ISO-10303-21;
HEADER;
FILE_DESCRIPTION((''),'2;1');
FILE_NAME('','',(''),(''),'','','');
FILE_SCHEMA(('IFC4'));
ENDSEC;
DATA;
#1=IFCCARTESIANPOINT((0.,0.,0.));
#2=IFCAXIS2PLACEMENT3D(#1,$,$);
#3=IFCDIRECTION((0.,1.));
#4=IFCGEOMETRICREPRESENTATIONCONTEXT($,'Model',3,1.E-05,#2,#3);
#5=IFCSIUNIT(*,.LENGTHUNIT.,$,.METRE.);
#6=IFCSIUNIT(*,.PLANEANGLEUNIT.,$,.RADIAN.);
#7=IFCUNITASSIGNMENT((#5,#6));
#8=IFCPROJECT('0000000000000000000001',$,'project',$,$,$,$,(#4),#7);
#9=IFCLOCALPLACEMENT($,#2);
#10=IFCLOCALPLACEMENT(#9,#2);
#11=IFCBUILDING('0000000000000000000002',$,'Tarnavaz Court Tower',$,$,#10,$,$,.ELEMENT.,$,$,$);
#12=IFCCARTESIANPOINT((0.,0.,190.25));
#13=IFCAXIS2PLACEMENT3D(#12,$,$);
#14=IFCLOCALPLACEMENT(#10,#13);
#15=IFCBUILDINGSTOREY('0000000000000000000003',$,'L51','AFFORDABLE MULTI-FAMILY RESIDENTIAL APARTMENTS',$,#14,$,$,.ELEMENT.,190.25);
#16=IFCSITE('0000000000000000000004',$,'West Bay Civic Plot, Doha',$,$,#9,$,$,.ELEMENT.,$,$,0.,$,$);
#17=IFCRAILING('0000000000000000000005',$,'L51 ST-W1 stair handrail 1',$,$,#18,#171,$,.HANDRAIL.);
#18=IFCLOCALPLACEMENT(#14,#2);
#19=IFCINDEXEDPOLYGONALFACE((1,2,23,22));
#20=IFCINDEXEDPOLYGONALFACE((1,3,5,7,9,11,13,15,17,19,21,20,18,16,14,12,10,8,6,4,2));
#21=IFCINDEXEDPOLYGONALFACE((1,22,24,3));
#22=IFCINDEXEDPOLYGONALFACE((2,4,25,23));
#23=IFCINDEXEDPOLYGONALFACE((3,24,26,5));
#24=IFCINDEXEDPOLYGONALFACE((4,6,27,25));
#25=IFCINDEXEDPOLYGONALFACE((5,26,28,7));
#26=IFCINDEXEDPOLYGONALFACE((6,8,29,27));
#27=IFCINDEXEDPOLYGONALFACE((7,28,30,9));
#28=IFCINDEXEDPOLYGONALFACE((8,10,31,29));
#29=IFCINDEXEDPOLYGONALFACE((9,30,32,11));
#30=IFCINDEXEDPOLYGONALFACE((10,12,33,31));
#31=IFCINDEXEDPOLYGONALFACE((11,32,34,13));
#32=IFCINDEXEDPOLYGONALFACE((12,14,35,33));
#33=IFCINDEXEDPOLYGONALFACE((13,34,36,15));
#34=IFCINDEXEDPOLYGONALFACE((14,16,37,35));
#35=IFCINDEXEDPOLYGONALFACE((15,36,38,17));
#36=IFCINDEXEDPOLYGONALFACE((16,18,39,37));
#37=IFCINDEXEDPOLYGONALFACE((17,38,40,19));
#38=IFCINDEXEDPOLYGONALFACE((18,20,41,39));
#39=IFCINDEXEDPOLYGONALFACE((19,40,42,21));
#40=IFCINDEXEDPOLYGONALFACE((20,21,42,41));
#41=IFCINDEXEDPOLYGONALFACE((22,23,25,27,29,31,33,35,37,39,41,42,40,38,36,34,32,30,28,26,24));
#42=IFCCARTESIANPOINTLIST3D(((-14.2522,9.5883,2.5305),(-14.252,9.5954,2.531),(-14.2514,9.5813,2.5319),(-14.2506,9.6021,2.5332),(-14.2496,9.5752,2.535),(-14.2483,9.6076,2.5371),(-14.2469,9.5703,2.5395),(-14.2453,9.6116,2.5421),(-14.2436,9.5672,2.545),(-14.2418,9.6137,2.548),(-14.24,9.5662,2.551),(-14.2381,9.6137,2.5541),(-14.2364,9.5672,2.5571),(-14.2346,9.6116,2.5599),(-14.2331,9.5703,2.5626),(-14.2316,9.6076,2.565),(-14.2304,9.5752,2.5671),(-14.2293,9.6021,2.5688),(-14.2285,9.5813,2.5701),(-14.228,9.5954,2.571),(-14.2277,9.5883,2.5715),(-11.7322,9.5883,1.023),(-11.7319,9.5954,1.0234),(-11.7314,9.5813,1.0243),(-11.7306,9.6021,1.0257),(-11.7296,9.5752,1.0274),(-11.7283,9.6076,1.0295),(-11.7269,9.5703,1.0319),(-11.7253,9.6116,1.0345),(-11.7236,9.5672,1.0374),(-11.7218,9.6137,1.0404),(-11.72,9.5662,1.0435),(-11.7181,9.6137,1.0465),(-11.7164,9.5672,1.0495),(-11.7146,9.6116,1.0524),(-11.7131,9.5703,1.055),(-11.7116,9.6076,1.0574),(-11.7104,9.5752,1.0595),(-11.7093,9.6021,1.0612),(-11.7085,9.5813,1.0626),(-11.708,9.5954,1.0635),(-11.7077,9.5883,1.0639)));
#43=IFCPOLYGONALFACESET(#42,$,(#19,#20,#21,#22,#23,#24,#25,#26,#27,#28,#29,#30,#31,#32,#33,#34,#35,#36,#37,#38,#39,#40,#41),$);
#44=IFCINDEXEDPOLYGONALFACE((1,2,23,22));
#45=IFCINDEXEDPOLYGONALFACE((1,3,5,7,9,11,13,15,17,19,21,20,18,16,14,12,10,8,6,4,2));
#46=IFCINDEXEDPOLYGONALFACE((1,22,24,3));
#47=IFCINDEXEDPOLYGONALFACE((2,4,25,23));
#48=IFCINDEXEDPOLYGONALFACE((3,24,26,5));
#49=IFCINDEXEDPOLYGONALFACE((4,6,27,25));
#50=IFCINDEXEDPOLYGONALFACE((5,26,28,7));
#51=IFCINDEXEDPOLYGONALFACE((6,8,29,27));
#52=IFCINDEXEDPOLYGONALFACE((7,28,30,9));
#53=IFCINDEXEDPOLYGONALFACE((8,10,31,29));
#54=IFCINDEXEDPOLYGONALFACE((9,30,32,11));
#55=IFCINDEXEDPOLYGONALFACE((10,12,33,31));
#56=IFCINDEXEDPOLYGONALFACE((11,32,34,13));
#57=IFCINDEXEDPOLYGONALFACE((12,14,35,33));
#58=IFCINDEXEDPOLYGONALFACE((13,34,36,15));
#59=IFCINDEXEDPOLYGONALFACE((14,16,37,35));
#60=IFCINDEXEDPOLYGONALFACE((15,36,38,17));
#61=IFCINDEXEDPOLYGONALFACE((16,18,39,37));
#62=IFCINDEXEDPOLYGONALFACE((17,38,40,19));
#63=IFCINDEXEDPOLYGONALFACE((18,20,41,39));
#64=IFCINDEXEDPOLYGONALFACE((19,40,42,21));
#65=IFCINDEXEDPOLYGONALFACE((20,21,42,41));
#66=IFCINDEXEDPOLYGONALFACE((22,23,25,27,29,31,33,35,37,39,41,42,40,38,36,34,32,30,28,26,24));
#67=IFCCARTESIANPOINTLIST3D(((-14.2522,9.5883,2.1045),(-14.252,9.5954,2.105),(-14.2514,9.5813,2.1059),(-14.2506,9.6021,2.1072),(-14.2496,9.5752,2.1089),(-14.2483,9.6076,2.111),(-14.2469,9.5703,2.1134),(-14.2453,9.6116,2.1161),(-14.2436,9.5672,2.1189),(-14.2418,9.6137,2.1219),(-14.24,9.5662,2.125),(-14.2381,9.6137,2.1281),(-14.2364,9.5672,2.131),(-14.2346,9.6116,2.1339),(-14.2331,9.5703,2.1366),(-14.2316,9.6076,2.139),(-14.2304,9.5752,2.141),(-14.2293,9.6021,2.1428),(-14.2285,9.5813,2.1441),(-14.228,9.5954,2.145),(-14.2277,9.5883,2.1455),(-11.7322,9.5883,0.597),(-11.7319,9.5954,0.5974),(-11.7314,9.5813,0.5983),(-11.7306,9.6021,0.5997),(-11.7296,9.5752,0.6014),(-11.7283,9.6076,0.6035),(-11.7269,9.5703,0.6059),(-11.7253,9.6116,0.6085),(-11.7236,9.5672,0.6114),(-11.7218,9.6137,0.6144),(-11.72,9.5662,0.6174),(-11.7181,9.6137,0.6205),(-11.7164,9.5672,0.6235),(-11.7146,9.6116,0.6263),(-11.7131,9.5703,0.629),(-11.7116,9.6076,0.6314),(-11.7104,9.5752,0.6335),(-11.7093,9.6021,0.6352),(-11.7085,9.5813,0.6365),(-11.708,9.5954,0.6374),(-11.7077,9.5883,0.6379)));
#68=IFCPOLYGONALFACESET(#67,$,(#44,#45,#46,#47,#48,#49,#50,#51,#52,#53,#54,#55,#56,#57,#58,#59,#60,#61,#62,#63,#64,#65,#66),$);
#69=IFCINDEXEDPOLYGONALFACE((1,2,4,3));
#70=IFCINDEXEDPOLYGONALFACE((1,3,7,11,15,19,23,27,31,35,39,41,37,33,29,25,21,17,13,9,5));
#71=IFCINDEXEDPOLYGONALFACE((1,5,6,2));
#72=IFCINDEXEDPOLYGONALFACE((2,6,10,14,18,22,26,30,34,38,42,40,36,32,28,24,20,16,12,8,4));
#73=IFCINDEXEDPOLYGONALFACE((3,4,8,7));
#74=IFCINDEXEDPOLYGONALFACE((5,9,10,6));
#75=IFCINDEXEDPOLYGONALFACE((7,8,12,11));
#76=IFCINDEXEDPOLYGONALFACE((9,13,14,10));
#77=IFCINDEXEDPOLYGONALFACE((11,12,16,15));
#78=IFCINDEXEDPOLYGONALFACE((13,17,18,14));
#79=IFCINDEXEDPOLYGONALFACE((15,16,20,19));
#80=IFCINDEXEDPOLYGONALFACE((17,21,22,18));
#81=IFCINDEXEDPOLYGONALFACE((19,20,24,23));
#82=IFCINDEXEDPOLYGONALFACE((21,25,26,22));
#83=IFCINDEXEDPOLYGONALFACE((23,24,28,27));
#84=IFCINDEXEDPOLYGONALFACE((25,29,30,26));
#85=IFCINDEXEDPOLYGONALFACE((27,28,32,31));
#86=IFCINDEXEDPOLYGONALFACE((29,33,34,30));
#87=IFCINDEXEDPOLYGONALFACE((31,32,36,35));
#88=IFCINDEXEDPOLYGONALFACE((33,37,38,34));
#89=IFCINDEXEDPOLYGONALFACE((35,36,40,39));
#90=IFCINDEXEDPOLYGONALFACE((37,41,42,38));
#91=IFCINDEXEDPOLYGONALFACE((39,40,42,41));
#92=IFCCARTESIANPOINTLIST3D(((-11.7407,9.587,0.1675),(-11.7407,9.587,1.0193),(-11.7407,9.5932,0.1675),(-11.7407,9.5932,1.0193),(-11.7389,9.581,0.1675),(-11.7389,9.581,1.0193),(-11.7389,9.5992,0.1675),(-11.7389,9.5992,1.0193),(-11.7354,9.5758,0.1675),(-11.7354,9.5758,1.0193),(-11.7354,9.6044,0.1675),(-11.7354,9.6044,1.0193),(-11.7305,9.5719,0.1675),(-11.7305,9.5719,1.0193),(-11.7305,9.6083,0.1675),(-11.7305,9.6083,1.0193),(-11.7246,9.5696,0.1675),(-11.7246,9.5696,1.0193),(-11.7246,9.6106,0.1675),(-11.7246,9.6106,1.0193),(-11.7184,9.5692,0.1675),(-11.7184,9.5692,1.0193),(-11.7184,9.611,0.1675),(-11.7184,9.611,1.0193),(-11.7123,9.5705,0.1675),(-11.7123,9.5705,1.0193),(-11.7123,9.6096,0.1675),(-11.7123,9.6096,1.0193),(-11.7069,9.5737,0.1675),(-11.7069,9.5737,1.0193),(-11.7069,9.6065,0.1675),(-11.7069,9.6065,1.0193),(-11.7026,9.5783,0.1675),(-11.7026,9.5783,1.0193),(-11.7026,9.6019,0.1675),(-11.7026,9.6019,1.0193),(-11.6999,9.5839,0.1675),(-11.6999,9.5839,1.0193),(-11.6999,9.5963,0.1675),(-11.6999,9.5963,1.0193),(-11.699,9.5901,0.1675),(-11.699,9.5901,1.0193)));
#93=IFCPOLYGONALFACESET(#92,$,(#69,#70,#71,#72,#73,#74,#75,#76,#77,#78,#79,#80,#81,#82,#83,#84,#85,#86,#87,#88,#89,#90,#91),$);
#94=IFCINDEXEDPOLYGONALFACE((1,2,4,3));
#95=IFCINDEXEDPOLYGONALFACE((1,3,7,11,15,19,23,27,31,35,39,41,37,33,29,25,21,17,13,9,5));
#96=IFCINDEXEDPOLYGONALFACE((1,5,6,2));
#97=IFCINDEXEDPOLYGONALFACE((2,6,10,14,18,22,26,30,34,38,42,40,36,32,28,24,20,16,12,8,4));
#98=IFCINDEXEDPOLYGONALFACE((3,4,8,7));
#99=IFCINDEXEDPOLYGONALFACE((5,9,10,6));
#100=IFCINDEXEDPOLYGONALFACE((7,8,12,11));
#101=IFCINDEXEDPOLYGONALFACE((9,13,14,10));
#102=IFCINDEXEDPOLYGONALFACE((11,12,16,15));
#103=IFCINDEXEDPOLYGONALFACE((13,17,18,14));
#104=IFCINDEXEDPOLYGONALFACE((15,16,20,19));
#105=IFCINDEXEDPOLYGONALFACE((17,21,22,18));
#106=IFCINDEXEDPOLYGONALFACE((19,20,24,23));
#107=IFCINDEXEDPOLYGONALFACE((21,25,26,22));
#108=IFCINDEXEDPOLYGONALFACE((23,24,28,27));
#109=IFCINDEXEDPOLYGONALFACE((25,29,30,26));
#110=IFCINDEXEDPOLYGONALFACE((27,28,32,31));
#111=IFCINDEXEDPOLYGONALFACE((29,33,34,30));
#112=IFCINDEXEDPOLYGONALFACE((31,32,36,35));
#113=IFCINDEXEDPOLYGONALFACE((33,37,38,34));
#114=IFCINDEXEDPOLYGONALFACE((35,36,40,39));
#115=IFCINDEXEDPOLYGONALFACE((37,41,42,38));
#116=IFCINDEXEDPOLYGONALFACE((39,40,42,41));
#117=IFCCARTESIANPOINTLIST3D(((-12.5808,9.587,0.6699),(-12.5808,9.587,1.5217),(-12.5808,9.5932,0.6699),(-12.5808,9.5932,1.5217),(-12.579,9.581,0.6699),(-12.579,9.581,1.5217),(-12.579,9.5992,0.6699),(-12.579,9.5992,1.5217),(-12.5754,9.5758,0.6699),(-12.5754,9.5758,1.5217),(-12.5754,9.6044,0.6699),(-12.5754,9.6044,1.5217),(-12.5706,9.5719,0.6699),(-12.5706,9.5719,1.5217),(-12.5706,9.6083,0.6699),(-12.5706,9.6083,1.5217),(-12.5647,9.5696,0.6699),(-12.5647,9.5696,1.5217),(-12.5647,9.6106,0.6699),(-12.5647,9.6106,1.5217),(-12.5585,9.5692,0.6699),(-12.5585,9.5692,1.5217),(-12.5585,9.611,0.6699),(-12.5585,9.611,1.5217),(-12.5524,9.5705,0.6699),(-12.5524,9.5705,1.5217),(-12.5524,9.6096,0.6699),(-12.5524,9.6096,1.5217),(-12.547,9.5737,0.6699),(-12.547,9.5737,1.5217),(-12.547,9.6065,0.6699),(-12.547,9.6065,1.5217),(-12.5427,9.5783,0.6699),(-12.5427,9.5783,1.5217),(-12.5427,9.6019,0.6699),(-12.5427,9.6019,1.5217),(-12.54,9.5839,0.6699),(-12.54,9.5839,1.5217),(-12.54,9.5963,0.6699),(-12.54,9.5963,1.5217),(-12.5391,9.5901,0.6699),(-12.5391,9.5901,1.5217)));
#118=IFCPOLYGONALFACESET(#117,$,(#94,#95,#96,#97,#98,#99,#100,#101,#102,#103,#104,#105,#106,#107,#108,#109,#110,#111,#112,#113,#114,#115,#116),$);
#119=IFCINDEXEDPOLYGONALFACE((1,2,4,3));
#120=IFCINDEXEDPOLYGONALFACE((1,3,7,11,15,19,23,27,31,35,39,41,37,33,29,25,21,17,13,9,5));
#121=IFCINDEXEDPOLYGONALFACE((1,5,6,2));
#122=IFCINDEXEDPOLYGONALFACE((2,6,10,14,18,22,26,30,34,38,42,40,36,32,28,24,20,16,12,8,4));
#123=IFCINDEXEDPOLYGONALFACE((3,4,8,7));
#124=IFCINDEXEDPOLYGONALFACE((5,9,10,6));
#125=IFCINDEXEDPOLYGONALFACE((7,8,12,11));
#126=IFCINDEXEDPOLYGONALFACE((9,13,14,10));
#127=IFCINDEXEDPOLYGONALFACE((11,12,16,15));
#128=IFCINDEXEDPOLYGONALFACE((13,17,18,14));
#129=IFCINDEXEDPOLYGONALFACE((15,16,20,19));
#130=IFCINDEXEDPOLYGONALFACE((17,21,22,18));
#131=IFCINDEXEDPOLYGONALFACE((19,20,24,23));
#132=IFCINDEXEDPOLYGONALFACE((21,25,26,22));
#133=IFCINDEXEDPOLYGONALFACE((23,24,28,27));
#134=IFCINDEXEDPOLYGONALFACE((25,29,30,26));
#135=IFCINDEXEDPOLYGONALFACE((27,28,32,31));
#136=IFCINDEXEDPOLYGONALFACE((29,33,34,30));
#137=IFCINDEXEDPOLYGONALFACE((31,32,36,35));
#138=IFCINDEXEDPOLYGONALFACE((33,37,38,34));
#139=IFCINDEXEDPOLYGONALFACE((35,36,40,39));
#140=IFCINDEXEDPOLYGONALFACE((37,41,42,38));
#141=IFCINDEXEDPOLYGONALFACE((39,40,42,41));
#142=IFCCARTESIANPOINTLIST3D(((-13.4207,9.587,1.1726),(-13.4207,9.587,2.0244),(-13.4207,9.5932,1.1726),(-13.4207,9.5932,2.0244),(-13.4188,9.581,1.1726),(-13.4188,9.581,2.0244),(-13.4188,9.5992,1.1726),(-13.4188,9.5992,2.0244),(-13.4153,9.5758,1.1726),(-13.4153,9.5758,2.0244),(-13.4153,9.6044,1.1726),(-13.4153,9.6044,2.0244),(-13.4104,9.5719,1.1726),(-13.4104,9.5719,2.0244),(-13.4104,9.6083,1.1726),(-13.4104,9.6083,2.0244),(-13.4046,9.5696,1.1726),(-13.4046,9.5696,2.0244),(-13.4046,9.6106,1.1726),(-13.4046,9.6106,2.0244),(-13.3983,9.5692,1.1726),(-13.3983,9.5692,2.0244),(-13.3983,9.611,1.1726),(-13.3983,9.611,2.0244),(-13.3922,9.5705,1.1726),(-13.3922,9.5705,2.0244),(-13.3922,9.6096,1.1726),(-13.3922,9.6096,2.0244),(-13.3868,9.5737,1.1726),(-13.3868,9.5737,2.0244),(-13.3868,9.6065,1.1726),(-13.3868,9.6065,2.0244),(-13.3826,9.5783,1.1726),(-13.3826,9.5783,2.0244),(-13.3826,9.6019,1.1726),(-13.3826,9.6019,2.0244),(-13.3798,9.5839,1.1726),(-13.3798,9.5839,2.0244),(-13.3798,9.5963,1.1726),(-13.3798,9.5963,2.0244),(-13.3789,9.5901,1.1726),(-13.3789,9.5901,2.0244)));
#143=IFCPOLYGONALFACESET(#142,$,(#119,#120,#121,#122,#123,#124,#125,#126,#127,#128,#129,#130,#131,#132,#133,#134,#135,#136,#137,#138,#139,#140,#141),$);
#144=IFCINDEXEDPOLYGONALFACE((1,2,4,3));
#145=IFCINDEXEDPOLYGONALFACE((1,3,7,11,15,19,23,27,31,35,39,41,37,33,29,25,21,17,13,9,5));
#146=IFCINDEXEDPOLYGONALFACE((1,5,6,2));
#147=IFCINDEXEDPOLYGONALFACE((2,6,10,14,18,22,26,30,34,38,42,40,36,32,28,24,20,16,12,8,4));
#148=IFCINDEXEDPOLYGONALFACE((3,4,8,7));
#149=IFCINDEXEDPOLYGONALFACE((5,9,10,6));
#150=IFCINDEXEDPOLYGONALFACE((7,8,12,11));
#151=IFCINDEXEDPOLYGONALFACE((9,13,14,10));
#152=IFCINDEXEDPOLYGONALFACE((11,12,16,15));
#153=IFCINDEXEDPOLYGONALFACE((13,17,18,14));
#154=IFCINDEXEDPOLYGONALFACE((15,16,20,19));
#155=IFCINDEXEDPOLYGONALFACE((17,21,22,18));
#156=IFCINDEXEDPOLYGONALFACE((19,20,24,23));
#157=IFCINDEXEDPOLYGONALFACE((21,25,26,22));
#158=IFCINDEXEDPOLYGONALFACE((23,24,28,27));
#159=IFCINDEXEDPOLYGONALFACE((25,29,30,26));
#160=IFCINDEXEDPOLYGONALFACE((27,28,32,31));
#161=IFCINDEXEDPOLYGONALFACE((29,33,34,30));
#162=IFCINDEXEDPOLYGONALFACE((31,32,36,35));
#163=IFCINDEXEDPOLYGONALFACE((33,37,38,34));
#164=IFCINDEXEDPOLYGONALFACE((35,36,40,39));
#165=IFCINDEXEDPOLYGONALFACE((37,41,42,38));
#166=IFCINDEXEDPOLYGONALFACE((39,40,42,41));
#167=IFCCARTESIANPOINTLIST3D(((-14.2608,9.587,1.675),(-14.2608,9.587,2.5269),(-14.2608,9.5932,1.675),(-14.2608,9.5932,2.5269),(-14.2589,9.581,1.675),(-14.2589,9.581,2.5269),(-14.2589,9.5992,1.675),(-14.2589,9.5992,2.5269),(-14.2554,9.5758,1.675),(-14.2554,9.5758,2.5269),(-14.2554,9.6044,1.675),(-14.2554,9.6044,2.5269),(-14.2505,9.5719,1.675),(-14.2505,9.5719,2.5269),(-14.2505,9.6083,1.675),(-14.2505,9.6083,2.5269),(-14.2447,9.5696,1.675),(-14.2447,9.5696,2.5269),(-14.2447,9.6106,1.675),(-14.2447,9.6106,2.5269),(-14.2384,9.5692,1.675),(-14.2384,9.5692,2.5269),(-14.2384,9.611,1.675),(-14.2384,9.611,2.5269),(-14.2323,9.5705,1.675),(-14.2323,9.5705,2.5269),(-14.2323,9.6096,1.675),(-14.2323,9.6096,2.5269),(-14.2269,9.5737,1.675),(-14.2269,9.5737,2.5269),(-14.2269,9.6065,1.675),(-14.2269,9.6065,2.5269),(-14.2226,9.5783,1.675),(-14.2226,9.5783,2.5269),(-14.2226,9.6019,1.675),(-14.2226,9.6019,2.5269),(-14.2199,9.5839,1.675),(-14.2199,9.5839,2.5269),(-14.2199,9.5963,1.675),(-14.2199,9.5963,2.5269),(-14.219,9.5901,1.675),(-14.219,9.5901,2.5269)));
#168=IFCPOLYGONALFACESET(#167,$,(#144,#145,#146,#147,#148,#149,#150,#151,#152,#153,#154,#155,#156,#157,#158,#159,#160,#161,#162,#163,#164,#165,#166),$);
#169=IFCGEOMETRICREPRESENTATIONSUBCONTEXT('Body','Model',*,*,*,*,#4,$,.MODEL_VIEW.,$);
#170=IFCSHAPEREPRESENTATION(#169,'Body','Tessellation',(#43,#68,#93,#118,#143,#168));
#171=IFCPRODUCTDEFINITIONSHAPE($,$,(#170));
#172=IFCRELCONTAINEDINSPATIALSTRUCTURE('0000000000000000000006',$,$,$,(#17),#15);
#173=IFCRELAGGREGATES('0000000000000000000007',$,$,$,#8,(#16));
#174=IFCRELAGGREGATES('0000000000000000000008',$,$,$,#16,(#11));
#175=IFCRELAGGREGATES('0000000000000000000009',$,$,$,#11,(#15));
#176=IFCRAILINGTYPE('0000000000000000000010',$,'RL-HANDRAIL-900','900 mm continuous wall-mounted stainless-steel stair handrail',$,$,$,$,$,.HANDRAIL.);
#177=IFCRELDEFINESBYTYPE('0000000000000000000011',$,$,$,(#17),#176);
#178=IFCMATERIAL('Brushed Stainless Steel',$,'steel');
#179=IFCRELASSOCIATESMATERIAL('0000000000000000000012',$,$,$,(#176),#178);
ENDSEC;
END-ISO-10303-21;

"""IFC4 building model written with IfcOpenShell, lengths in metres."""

from ifc_helpers import new_model, si_unit, direction, frame, origin, origin_2d, place, context, subcontext, project, spatial, circle, extrude, material, type_object, element, save


model = new_model("IFC4")

# Units and contexts
model_context = context("Model", 3, precision=1e-05, world=origin(), true_north=direction((0.0, 1.0)))
body_context = subcontext(model_context, "Body", "Model", "MODEL_VIEW")
ifc_project = project(units=[si_unit("LENGTHUNIT", "METRE"), si_unit("PLANEANGLEUNIT", "RADIAN")], contexts=[model_context])

# Site, building, storey
site_placement = place(None, origin())
site = spatial("IfcSite", under=ifc_project, at=site_placement, Name="West Bay Civic Plot, Doha", CompositionType="ELEMENT", RefElevation=0.0)
building_placement = place(site_placement, origin())
building = spatial("IfcBuilding", under=site, at=building_placement, Name="Tarnavaz Court Tower", CompositionType="ELEMENT")
storey_placement = place(building_placement, frame((0.0, 0.0, 190.25)))
storey = spatial("IfcBuildingStorey", under=building, at=storey_placement, Name="L51", Description="AFFORDABLE MULTI-FAMILY RESIDENTIAL APARTMENTS", CompositionType="ELEMENT", Elevation=190.25)

# Railing
ifc_material_1 = material(Name="Brushed Stainless Steel", Category="steel")
railing_type_1 = type_object("IfcRailingType", Name="RL-HANDRAIL-900", Description="900 mm continuous wall-mounted stainless-steel stair handrail", PredefinedType="HANDRAIL", material=ifc_material_1)
railing_1_placement = place(storey_placement, frame((-11.72, 9.5901, 0.1675)))
element("IfcRailing", 1, at=railing_1_placement, inside=storey, type_object=railing_type_1, Name="L51 ST-W1 stair handrail 1", PredefinedType="HANDRAIL", context=body_context, shape_type="SweptSolid", body=[
    extrude(circle(Radius=0.0239, at=origin_2d()), frame((0.0, 0.0, 0.876), z_axis=(-0.85816, 0.0, 0.513383), x_axis=(0.0, -1.0, 0.0)), (0.0, 0.0, 1.0), 2.9365),
    extrude(circle(Radius=0.0239, at=origin_2d()), frame((0.0, 0.0, 0.45), z_axis=(-0.85816, 0.0, 0.513383), x_axis=(0.0, -1.0, 0.0)), (0.0, 0.0, 1.0), 2.9365),
    extrude(circle(Radius=0.021, at=origin_2d()), origin(), (0.0, 0.0, 1.0), 0.8518),
    extrude(circle(Radius=0.021, at=origin_2d()), frame((-0.8401, 0.0, 0.5024)), (0.0, 0.0, 1.0), 0.8518),
    extrude(circle(Radius=0.021, at=origin_2d()), frame((-1.6799, 0.0, 1.0051)), (0.0, 0.0, 1.0), 0.8518),
    extrude(circle(Radius=0.021, at=origin_2d()), frame((-2.52, 0.0, 1.5076)), (0.0, 0.0, 1.0), 0.8518),
])

save(model, "model.ifc")
